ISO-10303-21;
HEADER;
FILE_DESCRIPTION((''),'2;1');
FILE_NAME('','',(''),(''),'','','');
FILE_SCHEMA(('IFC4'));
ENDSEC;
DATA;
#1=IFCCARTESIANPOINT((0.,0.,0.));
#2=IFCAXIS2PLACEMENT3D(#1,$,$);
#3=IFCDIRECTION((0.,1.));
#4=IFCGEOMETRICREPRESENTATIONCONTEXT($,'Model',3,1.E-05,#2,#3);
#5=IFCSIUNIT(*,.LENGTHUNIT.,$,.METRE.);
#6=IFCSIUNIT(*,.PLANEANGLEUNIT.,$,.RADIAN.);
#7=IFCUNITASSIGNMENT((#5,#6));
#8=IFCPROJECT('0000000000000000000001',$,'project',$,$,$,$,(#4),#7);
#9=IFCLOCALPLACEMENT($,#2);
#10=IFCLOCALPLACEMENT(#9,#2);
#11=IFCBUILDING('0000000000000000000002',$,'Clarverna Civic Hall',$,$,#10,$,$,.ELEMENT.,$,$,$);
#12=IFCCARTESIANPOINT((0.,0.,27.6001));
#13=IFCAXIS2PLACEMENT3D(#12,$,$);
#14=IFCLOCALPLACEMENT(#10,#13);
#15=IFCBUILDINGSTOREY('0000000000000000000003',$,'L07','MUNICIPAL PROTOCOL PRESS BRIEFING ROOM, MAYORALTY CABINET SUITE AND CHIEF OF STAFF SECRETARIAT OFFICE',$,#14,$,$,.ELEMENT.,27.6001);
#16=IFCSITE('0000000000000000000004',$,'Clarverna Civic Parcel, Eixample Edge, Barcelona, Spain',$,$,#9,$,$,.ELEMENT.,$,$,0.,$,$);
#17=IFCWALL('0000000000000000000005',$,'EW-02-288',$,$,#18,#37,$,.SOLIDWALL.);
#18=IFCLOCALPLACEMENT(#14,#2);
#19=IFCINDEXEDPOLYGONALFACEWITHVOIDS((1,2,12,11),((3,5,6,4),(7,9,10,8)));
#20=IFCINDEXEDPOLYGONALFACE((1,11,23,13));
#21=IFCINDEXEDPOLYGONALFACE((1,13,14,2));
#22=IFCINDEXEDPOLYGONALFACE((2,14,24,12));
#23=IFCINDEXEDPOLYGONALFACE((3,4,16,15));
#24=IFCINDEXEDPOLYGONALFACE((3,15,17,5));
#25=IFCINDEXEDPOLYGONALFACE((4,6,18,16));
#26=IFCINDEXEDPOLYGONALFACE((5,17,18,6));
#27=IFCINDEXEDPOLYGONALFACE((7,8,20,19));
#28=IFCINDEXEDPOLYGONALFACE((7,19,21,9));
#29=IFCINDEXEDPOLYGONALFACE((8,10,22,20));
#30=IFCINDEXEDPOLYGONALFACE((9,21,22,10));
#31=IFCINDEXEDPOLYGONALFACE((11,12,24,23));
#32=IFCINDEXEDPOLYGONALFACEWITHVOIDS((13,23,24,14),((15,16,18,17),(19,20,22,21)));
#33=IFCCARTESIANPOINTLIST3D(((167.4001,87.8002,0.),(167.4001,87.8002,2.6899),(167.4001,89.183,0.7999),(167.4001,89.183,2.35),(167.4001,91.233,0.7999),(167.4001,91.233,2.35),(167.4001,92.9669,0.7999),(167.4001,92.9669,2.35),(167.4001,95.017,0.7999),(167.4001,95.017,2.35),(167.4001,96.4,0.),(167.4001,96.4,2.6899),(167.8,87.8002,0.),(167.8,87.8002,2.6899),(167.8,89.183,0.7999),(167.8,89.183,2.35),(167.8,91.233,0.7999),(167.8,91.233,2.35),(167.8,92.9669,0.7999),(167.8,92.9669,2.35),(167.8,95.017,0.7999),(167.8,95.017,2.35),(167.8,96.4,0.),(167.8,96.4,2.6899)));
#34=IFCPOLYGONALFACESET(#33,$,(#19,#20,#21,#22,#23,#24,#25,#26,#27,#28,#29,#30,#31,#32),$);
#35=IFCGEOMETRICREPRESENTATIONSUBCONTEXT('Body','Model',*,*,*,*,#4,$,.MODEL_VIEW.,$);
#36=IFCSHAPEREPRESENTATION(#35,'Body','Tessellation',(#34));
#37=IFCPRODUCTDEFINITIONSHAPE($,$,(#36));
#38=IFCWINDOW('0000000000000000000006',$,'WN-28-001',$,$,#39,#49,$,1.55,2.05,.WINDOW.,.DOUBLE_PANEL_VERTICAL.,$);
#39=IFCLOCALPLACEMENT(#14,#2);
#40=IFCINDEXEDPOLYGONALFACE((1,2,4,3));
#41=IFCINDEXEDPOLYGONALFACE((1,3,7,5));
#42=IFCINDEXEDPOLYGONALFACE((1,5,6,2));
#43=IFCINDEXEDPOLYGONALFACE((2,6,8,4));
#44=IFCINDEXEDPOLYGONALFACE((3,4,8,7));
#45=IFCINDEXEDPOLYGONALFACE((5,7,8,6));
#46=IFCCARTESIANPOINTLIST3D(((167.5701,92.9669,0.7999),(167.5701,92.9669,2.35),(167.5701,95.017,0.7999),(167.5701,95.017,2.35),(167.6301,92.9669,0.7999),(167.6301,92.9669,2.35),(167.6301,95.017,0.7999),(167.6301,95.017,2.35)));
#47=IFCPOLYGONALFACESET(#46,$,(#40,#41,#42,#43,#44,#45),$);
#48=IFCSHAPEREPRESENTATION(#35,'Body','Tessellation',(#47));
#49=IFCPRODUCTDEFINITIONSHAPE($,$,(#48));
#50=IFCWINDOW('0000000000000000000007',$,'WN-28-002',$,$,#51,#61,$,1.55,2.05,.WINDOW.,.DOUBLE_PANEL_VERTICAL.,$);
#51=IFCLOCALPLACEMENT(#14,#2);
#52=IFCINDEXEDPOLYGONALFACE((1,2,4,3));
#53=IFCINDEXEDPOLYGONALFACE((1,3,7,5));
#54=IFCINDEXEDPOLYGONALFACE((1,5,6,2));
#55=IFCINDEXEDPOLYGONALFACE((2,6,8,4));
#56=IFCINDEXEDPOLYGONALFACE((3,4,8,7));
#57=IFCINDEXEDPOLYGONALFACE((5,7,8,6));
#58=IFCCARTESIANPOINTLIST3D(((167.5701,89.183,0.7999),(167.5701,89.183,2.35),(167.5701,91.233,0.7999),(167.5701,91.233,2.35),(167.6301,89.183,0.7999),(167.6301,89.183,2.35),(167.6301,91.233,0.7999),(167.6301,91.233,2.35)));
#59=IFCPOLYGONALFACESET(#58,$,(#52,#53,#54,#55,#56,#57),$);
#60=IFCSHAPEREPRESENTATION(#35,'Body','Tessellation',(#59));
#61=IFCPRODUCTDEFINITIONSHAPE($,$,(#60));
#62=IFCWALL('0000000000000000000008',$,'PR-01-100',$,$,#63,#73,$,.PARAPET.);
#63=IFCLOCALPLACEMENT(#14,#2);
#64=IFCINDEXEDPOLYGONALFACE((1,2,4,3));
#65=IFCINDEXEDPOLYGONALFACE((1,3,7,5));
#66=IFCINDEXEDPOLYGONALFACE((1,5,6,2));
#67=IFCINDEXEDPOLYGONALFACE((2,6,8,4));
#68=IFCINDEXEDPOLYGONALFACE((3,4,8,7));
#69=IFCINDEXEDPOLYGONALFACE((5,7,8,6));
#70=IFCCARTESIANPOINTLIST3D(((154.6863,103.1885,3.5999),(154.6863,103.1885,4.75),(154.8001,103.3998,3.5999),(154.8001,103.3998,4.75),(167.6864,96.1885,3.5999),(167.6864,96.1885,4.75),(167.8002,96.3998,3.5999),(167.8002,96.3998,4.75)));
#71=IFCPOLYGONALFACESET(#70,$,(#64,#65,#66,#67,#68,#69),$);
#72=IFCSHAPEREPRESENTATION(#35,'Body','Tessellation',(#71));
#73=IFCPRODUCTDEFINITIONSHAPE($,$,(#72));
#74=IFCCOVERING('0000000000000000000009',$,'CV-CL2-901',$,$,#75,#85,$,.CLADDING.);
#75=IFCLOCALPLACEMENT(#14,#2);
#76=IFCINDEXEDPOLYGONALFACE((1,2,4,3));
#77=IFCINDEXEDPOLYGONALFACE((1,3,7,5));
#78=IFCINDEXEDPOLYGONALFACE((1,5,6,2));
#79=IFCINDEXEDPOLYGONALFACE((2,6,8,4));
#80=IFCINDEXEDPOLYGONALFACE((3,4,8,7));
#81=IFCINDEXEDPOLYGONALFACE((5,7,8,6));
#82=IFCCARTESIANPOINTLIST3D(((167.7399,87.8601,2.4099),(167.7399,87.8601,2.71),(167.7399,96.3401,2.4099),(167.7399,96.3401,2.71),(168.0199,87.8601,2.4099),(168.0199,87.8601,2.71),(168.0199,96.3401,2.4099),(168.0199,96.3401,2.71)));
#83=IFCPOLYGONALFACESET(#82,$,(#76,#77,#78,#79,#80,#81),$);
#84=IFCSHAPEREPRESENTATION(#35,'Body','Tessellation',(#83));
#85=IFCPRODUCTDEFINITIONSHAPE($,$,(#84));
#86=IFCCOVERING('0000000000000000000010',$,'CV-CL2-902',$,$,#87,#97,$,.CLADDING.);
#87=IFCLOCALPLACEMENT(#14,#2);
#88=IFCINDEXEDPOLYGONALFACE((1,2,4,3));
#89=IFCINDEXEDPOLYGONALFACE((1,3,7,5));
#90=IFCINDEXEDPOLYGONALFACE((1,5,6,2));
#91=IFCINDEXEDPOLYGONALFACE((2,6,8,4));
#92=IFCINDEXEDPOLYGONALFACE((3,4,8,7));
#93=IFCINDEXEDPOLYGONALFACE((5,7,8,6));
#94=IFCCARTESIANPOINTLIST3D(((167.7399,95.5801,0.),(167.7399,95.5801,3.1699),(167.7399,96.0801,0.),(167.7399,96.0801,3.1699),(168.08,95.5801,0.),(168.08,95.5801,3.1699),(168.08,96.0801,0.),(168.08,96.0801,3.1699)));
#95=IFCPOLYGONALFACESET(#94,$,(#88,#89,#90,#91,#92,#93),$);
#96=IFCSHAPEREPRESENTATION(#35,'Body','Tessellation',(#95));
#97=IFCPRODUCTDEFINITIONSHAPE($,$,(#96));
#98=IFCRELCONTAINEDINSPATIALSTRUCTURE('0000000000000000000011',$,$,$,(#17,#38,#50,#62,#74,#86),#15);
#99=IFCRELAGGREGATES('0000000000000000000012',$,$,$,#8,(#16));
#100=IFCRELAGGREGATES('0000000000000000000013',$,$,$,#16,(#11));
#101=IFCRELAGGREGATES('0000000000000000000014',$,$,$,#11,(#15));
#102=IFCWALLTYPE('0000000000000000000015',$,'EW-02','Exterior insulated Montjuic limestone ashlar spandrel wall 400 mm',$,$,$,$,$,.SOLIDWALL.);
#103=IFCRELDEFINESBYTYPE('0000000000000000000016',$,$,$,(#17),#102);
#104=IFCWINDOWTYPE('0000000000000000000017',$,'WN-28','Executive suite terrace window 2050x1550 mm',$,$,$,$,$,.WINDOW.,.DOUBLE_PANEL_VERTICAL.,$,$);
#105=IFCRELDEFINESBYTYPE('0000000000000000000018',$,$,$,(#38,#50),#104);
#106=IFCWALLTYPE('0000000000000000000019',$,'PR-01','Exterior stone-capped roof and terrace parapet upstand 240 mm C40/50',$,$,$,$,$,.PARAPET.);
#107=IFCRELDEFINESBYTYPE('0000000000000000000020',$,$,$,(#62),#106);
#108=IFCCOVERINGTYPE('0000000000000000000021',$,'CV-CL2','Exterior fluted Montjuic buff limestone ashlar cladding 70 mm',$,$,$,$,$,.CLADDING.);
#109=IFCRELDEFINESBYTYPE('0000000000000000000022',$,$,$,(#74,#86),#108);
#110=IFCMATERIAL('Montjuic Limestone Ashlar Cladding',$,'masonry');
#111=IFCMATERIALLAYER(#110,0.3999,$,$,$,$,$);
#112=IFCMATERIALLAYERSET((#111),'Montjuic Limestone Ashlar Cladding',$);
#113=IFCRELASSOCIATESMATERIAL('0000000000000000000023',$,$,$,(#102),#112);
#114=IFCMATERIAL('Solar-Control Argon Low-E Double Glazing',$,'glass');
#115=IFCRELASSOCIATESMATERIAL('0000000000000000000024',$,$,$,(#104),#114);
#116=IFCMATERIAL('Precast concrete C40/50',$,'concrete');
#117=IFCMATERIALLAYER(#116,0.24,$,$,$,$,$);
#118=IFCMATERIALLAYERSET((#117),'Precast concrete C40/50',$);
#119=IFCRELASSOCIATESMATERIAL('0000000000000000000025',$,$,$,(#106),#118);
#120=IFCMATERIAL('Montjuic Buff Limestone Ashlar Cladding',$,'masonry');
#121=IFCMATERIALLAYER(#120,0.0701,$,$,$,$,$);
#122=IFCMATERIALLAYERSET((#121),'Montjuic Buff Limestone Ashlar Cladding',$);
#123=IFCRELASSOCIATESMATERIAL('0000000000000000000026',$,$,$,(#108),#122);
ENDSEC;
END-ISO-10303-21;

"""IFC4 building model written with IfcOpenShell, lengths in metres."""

from ifc_helpers import new_model, si_unit, direction, frame, frame_2d, origin, place, context, subcontext, project, spatial, rectangle, extrude, material, layer, layer_set, type_object, element, fill, save


model = new_model("IFC4")

# Units and contexts
model_context = context("Model", 3, precision=1e-05, world=origin(), true_north=direction((0.0, 1.0)))
body_context = subcontext(model_context, "Body", "Model", "MODEL_VIEW")
ifc_project = project(units=[si_unit("LENGTHUNIT", "METRE"), si_unit("PLANEANGLEUNIT", "RADIAN")], contexts=[model_context])

# Site, building, storey
site_placement = place(None, origin())
site = spatial("IfcSite", under=ifc_project, at=site_placement, Name="Clarverna Civic Parcel, Eixample Edge, Barcelona, Spain", CompositionType="ELEMENT", RefElevation=0.0)
building_placement = place(site_placement, origin())
building = spatial("IfcBuilding", under=site, at=building_placement, Name="Clarverna Civic Hall", CompositionType="ELEMENT")
storey_placement = place(building_placement, frame((0.0, 0.0, 27.6001)))
storey = spatial("IfcBuildingStorey", under=building, at=storey_placement, Name="L07", Description="MUNICIPAL PROTOCOL PRESS BRIEFING ROOM, MAYORALTY CABINET SUITE AND CHIEF OF STAFF SECRETARIAT OFFICE", CompositionType="ELEMENT", Elevation=27.6001)

# Shared definitions
ifc_material_1 = material(Name="Solar-Control Argon Low-E Double Glazing", Category="glass")

# Wall, openings, windows
ifc_material_2 = material(Name="Montjuic Limestone Ashlar Cladding", Category="masonry")
ifc_layer_1 = layer(ifc_material_2, 0.3999)
ifc_layer_set_1 = layer_set([ifc_layer_1], Name="Montjuic Limestone Ashlar Cladding")
wall_type_1 = type_object("IfcWallType", Name="EW-02", Description="Exterior insulated Montjuic limestone ashlar spandrel wall 400 mm", PredefinedType="SOLIDWALL", material=ifc_layer_set_1)
wall_1_placement = place(storey_placement, frame((167.6001, 96.3999, 0.0), z_axis=(0.0, 0.0, 1.0), x_axis=(0.0, -1.0, 0.0)))
wall_1 = element("IfcWall", 1, at=wall_1_placement, inside=storey, type_object=wall_type_1, Name="EW-02-288", PredefinedType="SOLIDWALL", context=body_context, shape_type="SweptSolid", body=[
    extrude(rectangle(XDim=8.5999, YDim=0.3999, at=frame_2d((4.2998, 0.0))), origin(), (0.0, 0.0, 1.0), 2.6899),
])
opening_1_placement = place(wall_1_placement, frame((1.3831, 0.0, 0.8)))
opening_1 = element("IfcOpeningElement", 2, at=opening_1_placement, cuts=wall_1, PredefinedType="OPENING", context=body_context, shape_type="SweptSolid", body=[
    extrude(rectangle(XDim=2.05, YDim=1.55, at=frame_2d((1.0249, 0.7749))), frame((0.0, 0.21, 0.0), z_axis=(0.0, -1.0, 0.0), x_axis=(1.0, 0.0, 0.0)), (0.0, 0.0, 1.0), 0.4199),
])
opening_2_placement = place(wall_1_placement, frame((5.167, 0.0, 0.8)))
opening_2 = element("IfcOpeningElement", 3, at=opening_2_placement, cuts=wall_1, PredefinedType="OPENING", context=body_context, shape_type="SweptSolid", body=[
    extrude(rectangle(XDim=2.05, YDim=1.55, at=frame_2d((1.0249, 0.7749))), frame((0.0, 0.21, 0.0), z_axis=(0.0, -1.0, 0.0), x_axis=(1.0, 0.0, 0.0)), (0.0, 0.0, 1.0), 0.4199),
])
window_type = type_object("IfcWindowType", Name="WN-28", Description="Executive suite terrace window 2050x1550 mm", PartitioningType="DOUBLE_PANEL_VERTICAL", PredefinedType="WINDOW", material=ifc_material_1)
window_1_placement = place(opening_1_placement, origin())
window_1 = element("IfcWindow", 4, at=window_1_placement, inside=storey, type_object=window_type, Name="WN-28-001", OverallHeight=1.55, OverallWidth=2.05, PartitioningType="DOUBLE_PANEL_VERTICAL", PredefinedType="WINDOW", context=body_context, shape_type="SweptSolid", body=[
    extrude(rectangle(XDim=2.05, YDim=1.55, at=frame_2d((1.0249, 0.7749))), frame((0.0, 0.03, 0.0), z_axis=(0.0, -1.0, 0.0), x_axis=(1.0, 0.0, 0.0)), (0.0, 0.0, 1.0), 0.0601),
])
fill(opening_1, window_1)
window_2_placement = place(opening_2_placement, origin())
window_2 = element("IfcWindow", 5, at=window_2_placement, inside=storey, type_object=window_type, Name="WN-28-002", OverallHeight=1.55, OverallWidth=2.05, PartitioningType="DOUBLE_PANEL_VERTICAL", PredefinedType="WINDOW", context=body_context, shape_type="SweptSolid", body=[
    extrude(rectangle(XDim=2.05, YDim=1.55, at=frame_2d((1.0249, 0.7749))), frame((0.0, 0.03, 0.0), z_axis=(0.0, -1.0, 0.0), x_axis=(1.0, 0.0, 0.0)), (0.0, 0.0, 1.0), 0.0601),
])
fill(opening_2, window_2)

# Wall
ifc_material_3 = material(Name="Precast concrete C40/50", Category="concrete")
ifc_layer_2 = layer(ifc_material_3, 0.24)
ifc_layer_set_2 = layer_set([ifc_layer_2], Name="Precast concrete C40/50")
wall_type_2 = type_object("IfcWallType", Name="PR-01", Description="Exterior stone-capped roof and terrace parapet upstand 240 mm C40/50", PredefinedType="PARAPET", material=ifc_layer_set_2)
wall_2_placement = place(storey_placement, frame((167.7432, 96.2942, 3.5999), z_axis=(0.0, 0.0, 1.0), x_axis=(-0.880471, 0.4741, 0.0)))
element("IfcWall", 6, at=wall_2_placement, inside=storey, type_object=wall_type_2, Name="PR-01-100", PredefinedType="PARAPET", context=body_context, shape_type="SweptSolid", body=[
    extrude(rectangle(XDim=14.7649, YDim=0.24, at=frame_2d((7.3823, 0.0))), origin(), (0.0, 0.0, 1.0), 1.1501),
])

# Coverings
ifc_material_4 = material(Name="Montjuic Buff Limestone Ashlar Cladding", Category="masonry")
ifc_layer_3 = layer(ifc_material_4, 0.0701)
ifc_layer_set_3 = layer_set([ifc_layer_3], Name="Montjuic Buff Limestone Ashlar Cladding")
covering_type = type_object("IfcCoveringType", Name="CV-CL2", Description="Exterior fluted Montjuic buff limestone ashlar cladding 70 mm", PredefinedType="CLADDING", material=ifc_layer_set_3)
covering_1_placement = place(storey_placement, frame((167.8799, 96.3401, 2.4099), z_axis=(0.0, 0.0, 1.0), x_axis=(0.0, -1.0, 0.0)))
element("IfcCovering", 7, at=covering_1_placement, inside=storey, type_object=covering_type, Name="CV-CL2-901", PredefinedType="CLADDING", context=body_context, shape_type="SweptSolid", body=[
    extrude(rectangle(XDim=8.48, YDim=0.28, at=frame_2d((4.24, 0.0))), origin(), (0.0, 0.0, 1.0), 0.3),
])
covering_2_placement = place(storey_placement, frame((167.9099, 96.0801, 0.0), z_axis=(0.0, 0.0, 1.0), x_axis=(0.0, -1.0, 0.0)))
element("IfcCovering", 8, at=covering_2_placement, inside=storey, type_object=covering_type, Name="CV-CL2-902", PredefinedType="CLADDING", context=body_context, shape_type="SweptSolid", body=[
    extrude(rectangle(XDim=0.5, YDim=0.3401, at=frame_2d((0.25, 0.0))), origin(), (0.0, 0.0, 1.0), 3.1699),
])

save(model, "model.ifc")
